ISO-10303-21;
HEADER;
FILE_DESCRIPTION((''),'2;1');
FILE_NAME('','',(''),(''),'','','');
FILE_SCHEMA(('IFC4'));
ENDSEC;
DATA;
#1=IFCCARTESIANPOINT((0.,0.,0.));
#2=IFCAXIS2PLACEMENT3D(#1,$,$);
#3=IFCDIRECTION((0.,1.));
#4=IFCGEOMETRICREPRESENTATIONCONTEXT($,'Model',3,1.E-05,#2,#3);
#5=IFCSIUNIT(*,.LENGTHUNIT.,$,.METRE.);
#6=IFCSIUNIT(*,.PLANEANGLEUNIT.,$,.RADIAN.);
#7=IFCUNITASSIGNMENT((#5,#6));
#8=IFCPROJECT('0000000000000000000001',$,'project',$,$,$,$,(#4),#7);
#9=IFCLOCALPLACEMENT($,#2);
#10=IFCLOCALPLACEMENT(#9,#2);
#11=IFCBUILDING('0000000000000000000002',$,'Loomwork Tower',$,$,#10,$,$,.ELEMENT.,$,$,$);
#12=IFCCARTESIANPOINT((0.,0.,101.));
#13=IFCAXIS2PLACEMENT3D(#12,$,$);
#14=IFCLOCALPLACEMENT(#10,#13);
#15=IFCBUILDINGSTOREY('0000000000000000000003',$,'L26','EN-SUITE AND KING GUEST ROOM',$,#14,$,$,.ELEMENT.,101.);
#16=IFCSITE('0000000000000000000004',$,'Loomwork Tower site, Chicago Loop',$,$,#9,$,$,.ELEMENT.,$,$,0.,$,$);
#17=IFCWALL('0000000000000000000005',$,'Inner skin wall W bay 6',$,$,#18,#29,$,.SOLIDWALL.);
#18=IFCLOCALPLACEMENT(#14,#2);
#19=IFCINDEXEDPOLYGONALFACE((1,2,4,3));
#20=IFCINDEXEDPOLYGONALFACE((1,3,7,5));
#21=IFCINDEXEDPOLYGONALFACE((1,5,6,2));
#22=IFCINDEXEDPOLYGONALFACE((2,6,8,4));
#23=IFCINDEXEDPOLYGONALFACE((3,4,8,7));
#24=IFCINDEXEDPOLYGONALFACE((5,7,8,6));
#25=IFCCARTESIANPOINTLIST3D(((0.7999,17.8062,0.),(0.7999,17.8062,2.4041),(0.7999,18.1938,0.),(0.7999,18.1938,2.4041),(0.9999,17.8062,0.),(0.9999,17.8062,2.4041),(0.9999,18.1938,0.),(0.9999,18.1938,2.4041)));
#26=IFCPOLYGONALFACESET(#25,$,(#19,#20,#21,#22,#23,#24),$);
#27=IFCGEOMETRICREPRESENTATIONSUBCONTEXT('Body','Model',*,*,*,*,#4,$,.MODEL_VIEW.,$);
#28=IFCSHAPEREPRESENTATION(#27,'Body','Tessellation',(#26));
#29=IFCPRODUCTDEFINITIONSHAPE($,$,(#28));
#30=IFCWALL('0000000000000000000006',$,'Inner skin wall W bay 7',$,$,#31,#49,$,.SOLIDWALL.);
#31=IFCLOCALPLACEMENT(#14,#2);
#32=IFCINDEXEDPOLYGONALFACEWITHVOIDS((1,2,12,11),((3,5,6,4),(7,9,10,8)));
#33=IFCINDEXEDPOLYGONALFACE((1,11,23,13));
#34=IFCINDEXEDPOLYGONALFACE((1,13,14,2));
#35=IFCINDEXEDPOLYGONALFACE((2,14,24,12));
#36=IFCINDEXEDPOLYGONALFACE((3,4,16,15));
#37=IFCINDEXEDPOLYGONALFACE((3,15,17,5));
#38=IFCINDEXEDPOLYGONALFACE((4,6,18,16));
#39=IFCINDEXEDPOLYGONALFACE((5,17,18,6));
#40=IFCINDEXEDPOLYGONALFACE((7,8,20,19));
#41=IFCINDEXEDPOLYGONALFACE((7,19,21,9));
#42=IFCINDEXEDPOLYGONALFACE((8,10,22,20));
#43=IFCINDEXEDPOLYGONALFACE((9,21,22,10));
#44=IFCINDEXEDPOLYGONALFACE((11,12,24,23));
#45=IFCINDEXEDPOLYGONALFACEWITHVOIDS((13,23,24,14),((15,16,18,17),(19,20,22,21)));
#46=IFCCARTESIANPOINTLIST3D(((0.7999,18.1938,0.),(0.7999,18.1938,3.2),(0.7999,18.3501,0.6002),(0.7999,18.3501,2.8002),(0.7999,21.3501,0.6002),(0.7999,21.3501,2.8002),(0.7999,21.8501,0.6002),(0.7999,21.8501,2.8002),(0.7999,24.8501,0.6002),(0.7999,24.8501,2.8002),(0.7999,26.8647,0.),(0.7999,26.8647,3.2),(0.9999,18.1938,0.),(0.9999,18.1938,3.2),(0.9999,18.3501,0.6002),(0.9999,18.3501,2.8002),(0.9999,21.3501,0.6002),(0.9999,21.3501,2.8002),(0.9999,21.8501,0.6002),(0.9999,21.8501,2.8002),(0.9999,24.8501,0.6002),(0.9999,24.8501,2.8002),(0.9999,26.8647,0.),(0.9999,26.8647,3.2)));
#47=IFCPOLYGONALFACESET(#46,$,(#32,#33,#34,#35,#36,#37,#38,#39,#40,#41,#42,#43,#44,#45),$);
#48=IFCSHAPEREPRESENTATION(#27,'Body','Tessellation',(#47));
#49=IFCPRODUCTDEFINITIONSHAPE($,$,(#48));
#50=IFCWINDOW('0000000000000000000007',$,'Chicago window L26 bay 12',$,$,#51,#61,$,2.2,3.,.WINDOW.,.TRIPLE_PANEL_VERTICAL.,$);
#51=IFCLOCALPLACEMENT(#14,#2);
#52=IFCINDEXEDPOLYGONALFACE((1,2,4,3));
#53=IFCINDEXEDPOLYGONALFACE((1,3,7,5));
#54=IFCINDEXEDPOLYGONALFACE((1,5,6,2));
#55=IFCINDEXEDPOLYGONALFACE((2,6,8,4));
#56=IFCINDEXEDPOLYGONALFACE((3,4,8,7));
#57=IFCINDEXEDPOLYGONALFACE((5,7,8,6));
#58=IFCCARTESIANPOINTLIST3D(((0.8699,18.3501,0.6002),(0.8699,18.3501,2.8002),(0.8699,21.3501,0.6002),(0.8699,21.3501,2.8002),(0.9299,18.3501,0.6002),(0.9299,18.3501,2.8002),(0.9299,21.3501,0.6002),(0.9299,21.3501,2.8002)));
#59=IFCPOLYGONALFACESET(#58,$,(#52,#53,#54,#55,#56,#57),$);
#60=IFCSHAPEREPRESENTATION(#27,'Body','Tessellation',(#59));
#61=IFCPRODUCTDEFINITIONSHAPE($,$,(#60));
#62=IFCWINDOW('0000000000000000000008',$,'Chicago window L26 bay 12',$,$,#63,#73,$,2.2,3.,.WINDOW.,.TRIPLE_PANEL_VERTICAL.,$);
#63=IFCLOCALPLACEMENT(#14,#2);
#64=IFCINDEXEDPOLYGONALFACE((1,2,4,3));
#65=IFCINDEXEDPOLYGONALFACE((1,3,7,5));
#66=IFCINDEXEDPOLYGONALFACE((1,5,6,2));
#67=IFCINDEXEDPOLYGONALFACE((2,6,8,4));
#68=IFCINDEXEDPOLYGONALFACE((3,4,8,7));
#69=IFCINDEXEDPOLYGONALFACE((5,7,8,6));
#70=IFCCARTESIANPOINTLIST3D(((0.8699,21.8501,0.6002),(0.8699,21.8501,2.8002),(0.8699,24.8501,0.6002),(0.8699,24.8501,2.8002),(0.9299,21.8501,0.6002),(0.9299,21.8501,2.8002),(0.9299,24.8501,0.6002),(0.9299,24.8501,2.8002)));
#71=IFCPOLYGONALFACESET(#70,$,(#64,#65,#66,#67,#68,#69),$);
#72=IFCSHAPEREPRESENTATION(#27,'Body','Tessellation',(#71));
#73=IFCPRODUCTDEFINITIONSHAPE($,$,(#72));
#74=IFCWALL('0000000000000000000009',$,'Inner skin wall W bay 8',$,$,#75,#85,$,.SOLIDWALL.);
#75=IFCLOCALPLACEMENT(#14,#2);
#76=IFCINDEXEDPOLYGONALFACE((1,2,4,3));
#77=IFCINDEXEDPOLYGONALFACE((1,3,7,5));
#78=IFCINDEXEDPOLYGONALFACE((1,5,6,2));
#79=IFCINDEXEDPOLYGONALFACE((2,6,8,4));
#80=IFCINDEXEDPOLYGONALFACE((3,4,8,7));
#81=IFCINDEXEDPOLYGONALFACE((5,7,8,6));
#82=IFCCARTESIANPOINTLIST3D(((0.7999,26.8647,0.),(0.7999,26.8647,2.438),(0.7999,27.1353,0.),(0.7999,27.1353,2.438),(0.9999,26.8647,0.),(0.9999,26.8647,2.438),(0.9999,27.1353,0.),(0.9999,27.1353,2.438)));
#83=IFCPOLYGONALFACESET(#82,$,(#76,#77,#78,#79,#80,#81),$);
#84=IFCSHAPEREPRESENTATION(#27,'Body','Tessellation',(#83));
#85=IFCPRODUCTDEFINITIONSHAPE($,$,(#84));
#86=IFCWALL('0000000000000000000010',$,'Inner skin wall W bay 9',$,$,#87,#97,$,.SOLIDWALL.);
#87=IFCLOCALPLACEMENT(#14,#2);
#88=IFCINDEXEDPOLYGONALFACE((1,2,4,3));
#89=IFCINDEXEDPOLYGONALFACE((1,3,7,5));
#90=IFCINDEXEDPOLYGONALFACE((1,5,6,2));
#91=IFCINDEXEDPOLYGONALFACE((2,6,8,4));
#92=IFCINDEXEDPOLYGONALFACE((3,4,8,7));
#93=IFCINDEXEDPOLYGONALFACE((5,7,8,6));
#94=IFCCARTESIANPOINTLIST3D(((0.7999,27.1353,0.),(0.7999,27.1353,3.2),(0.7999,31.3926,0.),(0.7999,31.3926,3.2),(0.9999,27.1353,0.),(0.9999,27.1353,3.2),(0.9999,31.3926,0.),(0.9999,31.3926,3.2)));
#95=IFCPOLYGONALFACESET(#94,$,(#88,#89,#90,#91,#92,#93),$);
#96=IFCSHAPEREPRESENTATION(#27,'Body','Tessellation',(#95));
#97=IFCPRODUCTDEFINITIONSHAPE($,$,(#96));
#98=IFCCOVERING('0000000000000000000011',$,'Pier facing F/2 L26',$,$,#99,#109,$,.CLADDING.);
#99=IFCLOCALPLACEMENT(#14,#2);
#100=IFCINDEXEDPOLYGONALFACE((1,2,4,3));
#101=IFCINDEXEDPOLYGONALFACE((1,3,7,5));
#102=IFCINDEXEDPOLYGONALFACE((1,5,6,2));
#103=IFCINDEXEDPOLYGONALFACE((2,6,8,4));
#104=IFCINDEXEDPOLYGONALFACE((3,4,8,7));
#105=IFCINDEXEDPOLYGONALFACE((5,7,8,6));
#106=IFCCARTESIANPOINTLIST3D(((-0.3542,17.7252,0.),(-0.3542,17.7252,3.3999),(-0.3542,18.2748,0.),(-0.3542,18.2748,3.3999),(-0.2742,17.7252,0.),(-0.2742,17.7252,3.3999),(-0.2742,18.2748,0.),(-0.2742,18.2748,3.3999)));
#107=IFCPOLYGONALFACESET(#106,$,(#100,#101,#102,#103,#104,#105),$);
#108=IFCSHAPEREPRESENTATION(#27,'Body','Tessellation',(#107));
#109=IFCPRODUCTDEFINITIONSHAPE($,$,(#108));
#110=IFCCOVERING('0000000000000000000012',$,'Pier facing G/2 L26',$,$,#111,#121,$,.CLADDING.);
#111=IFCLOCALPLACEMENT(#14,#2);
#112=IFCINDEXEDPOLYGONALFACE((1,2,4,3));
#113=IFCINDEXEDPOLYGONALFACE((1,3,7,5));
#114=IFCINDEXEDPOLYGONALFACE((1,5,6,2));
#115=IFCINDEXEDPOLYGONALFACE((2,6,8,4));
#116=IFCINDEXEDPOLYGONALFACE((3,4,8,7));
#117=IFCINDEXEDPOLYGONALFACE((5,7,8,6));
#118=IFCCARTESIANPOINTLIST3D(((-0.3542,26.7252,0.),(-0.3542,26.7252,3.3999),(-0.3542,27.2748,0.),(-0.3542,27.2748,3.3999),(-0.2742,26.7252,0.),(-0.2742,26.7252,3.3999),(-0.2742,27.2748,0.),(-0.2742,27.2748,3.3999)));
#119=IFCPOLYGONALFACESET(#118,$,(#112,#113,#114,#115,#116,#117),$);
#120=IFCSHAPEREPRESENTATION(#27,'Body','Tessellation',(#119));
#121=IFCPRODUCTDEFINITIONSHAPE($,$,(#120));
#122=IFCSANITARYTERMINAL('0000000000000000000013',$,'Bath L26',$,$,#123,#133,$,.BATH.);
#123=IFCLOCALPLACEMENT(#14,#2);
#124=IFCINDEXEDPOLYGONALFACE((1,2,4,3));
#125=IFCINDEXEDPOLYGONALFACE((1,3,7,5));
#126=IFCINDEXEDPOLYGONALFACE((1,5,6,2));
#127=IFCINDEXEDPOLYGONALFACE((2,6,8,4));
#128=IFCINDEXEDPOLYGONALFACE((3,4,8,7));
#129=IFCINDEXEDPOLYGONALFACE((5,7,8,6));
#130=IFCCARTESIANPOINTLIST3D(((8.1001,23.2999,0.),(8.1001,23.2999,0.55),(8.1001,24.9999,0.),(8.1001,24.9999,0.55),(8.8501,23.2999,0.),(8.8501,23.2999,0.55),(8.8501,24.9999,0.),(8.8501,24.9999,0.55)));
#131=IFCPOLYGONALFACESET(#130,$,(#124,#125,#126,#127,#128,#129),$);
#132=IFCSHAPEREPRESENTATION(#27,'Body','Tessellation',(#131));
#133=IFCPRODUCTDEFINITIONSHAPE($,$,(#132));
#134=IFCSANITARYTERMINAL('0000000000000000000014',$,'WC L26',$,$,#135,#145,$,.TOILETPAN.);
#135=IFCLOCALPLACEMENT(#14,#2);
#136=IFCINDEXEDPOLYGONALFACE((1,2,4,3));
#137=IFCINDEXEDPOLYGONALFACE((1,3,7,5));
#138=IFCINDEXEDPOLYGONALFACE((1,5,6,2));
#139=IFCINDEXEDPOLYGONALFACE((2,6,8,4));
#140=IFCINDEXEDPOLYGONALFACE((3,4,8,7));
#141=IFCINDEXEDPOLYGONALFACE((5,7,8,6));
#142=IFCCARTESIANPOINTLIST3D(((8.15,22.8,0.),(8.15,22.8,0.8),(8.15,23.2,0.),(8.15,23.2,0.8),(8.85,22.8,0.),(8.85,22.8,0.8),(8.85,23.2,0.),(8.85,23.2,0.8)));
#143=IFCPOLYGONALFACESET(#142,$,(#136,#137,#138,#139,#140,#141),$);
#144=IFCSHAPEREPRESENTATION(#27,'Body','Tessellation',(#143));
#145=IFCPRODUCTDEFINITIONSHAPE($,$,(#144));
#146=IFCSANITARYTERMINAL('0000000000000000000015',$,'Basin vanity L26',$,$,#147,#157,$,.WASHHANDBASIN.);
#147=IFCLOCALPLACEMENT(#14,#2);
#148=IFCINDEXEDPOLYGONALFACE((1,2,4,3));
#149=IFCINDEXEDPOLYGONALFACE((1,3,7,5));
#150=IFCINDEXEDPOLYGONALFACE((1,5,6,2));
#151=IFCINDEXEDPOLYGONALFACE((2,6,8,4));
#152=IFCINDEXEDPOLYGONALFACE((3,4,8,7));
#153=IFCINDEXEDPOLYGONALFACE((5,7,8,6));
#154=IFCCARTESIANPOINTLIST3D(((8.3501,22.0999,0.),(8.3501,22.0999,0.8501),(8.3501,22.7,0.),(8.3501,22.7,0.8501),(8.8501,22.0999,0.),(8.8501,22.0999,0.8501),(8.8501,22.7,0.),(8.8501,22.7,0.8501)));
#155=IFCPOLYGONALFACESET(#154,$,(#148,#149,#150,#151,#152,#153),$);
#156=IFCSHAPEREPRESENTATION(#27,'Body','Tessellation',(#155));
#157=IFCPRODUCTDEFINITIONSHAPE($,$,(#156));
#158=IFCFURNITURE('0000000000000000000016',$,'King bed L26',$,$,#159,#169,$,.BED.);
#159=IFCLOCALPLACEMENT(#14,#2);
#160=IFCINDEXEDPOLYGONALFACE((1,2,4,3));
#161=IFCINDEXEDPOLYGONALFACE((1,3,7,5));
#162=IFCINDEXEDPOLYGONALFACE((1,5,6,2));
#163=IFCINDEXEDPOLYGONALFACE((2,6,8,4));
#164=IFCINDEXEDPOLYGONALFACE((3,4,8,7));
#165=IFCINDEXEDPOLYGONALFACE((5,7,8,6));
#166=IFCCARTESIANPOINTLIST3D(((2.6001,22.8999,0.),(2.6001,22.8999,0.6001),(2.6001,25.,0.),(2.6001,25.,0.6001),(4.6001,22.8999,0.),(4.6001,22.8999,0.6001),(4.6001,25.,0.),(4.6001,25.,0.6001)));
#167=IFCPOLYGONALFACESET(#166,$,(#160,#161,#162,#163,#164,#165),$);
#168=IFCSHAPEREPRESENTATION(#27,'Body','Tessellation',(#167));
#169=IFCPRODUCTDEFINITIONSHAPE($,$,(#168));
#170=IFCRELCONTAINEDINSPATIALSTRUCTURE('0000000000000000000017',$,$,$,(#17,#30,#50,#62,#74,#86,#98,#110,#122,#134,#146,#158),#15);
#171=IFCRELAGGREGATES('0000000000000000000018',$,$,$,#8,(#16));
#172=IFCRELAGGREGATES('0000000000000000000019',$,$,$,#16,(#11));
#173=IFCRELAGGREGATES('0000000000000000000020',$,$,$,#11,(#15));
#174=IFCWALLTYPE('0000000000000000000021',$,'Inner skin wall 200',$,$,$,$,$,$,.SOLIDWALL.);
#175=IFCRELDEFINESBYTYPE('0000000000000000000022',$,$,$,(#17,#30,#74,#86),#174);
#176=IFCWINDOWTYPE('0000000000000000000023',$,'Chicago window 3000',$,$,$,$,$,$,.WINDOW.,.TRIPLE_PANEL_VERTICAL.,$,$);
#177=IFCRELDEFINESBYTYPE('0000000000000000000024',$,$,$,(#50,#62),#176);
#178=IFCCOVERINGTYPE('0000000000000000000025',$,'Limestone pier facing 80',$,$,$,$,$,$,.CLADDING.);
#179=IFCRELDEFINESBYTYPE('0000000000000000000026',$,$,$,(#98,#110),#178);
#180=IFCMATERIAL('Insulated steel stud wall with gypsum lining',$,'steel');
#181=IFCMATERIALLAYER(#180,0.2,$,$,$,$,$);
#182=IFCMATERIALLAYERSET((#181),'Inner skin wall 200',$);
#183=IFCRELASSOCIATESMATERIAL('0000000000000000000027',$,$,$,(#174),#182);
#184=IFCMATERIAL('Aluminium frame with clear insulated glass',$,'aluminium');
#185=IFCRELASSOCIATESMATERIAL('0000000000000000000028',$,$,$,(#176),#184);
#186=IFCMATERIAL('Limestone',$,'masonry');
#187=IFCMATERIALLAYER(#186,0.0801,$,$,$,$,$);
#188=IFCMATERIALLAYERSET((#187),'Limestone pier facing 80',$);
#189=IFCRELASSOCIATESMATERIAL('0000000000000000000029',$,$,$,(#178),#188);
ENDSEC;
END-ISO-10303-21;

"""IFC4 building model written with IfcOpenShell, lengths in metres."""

from ifc_helpers import new_model, si_unit, direction, frame, frame_2d, origin, origin_2d, place, context, subcontext, project, spatial, rectangle, extrude, material, layer, layer_set, type_object, element, fill, save


model = new_model("IFC4")

# Units and contexts
model_context = context("Model", 3, precision=1e-05, world=origin(), true_north=direction((0.0, 1.0)))
body_context = subcontext(model_context, "Body", "Model", "MODEL_VIEW")
ifc_project = project(units=[si_unit("LENGTHUNIT", "METRE"), si_unit("PLANEANGLEUNIT", "RADIAN")], contexts=[model_context])

# Site, building, storey
site_placement = place(None, origin())
site = spatial("IfcSite", under=ifc_project, at=site_placement, Name="Loomwork Tower site, Chicago Loop", CompositionType="ELEMENT", RefElevation=0.0)
building_placement = place(site_placement, origin())
building = spatial("IfcBuilding", under=site, at=building_placement, Name="Loomwork Tower", CompositionType="ELEMENT")
storey_placement = place(building_placement, frame((0.0, 0.0, 101.0)))
storey = spatial("IfcBuildingStorey", under=building, at=storey_placement, Name="L26", Description="EN-SUITE AND KING GUEST ROOM", CompositionType="ELEMENT", Elevation=101.0)

# Wall
ifc_material_1 = material(Name="Insulated steel stud wall with gypsum lining", Category="steel")
ifc_layer_1 = layer(ifc_material_1, 0.2)
ifc_layer_set_1 = layer_set([ifc_layer_1], Name="Inner skin wall 200")
wall_type_1 = type_object("IfcWallType", Name="Inner skin wall 200", PredefinedType="SOLIDWALL", material=ifc_layer_set_1)
wall_1_placement = place(storey_placement, frame((0.8999, 17.8062, 0.0), z_axis=(0.0, 0.0, 1.0), x_axis=(0.0, 1.0, 0.0)))
element("IfcWall", 1, at=wall_1_placement, inside=storey, type_object=wall_type_1, Name="Inner skin wall W bay 6", PredefinedType="SOLIDWALL", context=body_context, shape_type="SweptSolid", body=[
    extrude(rectangle(XDim=0.3877, YDim=0.2, at=frame_2d((0.1938, 0.0))), origin(), (0.0, 0.0, 1.0), 2.4041),
])

# Wall, openings, windows
wall_2_placement = place(storey_placement, frame((0.8999, 18.1938, 0.0), z_axis=(0.0, 0.0, 1.0), x_axis=(0.0, 1.0, 0.0)))
wall_2 = element("IfcWall", 2, at=wall_2_placement, inside=storey, type_object=wall_type_1, Name="Inner skin wall W bay 7", PredefinedType="SOLIDWALL", context=body_context, shape_type="SweptSolid", body=[
    extrude(rectangle(XDim=8.6709, YDim=0.2, at=frame_2d((4.3354, 0.0))), origin(), (0.0, 0.0, 1.0), 3.2),
])
opening_1_placement = place(wall_2_placement, frame((0.1562, 0.0, 0.6001)))
opening_1 = element("IfcOpeningElement", 3, at=opening_1_placement, cuts=wall_2, PredefinedType="OPENING", context=body_context, shape_type="SweptSolid", body=[
    extrude(rectangle(XDim=3.0, YDim=2.2, at=frame_2d((1.5, 1.1001))), frame((0.0, 0.1099, 0.0), z_axis=(0.0, -1.0, 0.0), x_axis=(1.0, 0.0, 0.0)), (0.0, 0.0, 1.0), 0.22),
])
opening_2_placement = place(wall_2_placement, frame((3.6562, 0.0, 0.6001)))
opening_2 = element("IfcOpeningElement", 4, at=opening_2_placement, cuts=wall_2, PredefinedType="OPENING", context=body_context, shape_type="SweptSolid", body=[
    extrude(rectangle(XDim=3.0, YDim=2.2, at=frame_2d((1.5, 1.1001))), frame((0.0, 0.1099, 0.0), z_axis=(0.0, -1.0, 0.0), x_axis=(1.0, 0.0, 0.0)), (0.0, 0.0, 1.0), 0.22),
])
ifc_material_2 = material(Name="Aluminium frame with clear insulated glass", Category="aluminium")
window_type = type_object("IfcWindowType", Name="Chicago window 3000", PartitioningType="TRIPLE_PANEL_VERTICAL", PredefinedType="WINDOW", material=ifc_material_2)
window_1_placement = place(opening_1_placement, origin())
window_1 = element("IfcWindow", 5, at=window_1_placement, inside=storey, type_object=window_type, Name="Chicago window L26 bay 12", OverallHeight=2.2, OverallWidth=3.0, PartitioningType="TRIPLE_PANEL_VERTICAL", PredefinedType="WINDOW", context=body_context, shape_type="SweptSolid", body=[
    extrude(rectangle(XDim=3.0, YDim=2.2, at=frame_2d((1.5, 1.1001))), frame((0.0, 0.03, 0.0), z_axis=(0.0, -1.0, 0.0), x_axis=(1.0, 0.0, 0.0)), (0.0, 0.0, 1.0), 0.0601),
])
fill(opening_1, window_1)
window_2_placement = place(opening_2_placement, origin())
window_2 = element("IfcWindow", 6, at=window_2_placement, inside=storey, type_object=window_type, Name="Chicago window L26 bay 12", OverallHeight=2.2, OverallWidth=3.0, PartitioningType="TRIPLE_PANEL_VERTICAL", PredefinedType="WINDOW", context=body_context, shape_type="SweptSolid", body=[
    extrude(rectangle(XDim=3.0, YDim=2.2, at=frame_2d((1.5, 1.1001))), frame((0.0, 0.03, 0.0), z_axis=(0.0, -1.0, 0.0), x_axis=(1.0, 0.0, 0.0)), (0.0, 0.0, 1.0), 0.0601),
])
fill(opening_2, window_2)

# Walls
wall_3_placement = place(storey_placement, frame((0.8999, 26.8647, 0.0), z_axis=(0.0, 0.0, 1.0), x_axis=(0.0, 1.0, 0.0)))
element("IfcWall", 7, at=wall_3_placement, inside=storey, type_object=wall_type_1, Name="Inner skin wall W bay 8", PredefinedType="SOLIDWALL", context=body_context, shape_type="SweptSolid", body=[
    extrude(rectangle(XDim=0.2705, YDim=0.2, at=frame_2d((0.1353, 0.0))), origin(), (0.0, 0.0, 1.0), 2.438),
])
wall_4_placement = place(storey_placement, frame((0.8999, 27.1353, 0.0), z_axis=(0.0, 0.0, 1.0), x_axis=(0.0, 1.0, 0.0)))
element("IfcWall", 8, at=wall_4_placement, inside=storey, type_object=wall_type_1, Name="Inner skin wall W bay 9", PredefinedType="SOLIDWALL", context=body_context, shape_type="SweptSolid", body=[
    extrude(rectangle(XDim=4.2573, YDim=0.2, at=frame_2d((2.1287, 0.0))), origin(), (0.0, 0.0, 1.0), 3.2),
])

# Coverings
ifc_material_3 = material(Name="Limestone", Category="masonry")
ifc_layer_2 = layer(ifc_material_3, 0.0801)
ifc_layer_set_2 = layer_set([ifc_layer_2], Name="Limestone pier facing 80")
covering_type = type_object("IfcCoveringType", Name="Limestone pier facing 80", PredefinedType="CLADDING", material=ifc_layer_set_2)
for number, where, z_axis, x_axis, name in (
    (9, (-0.3142, 18.0, 0.0), (0.0, 0.0, 1.0), (1.0, 0.0, 0.0), "Pier facing F/2 L26"),
    (10, (-0.3142, 27.0, 0.0), (0.0, 0.0, 1.0), (1.0, 0.0, 0.0), "Pier facing G/2 L26"),
):
    element("IfcCovering", number, at=place(storey_placement, frame(where, z_axis=z_axis, x_axis=x_axis)), inside=storey, type_object=covering_type, Name=name, PredefinedType="CLADDING", context=body_context, shape_type="SweptSolid", body=[
        extrude(rectangle(XDim=0.0801, YDim=0.5496, at=origin_2d()), origin(), (0.0, 0.0, 1.0), 3.3999),
    ])

# Sanitary terminals
sanitary_terminal_1_placement = place(storey_placement, frame((8.4751, 24.1499, 0.0), z_axis=(0.0, 0.0, 1.0), x_axis=(1.0, 0.0, 0.0)))
element("IfcSanitaryTerminal", 11, at=sanitary_terminal_1_placement, inside=storey, Name="Bath L26", PredefinedType="BATH", context=body_context, shape_type="SweptSolid", body=[
    extrude(rectangle(XDim=0.75, YDim=1.7, at=origin_2d()), origin(), (0.0, 0.0, 1.0), 0.55),
])
sanitary_terminal_2_placement = place(storey_placement, frame((8.5, 23.0, 0.0), z_axis=(0.0, 0.0, 1.0), x_axis=(1.0, 0.0, 0.0)))
element("IfcSanitaryTerminal", 12, at=sanitary_terminal_2_placement, inside=storey, Name="WC L26", PredefinedType="TOILETPAN", context=body_context, shape_type="SweptSolid", body=[
    extrude(rectangle(XDim=0.7, YDim=0.3999, at=origin_2d()), origin(), (0.0, 0.0, 1.0), 0.8),
])
sanitary_terminal_3_placement = place(storey_placement, frame((8.6001, 22.3999, 0.0), z_axis=(0.0, 0.0, 1.0), x_axis=(1.0, 0.0, 0.0)))
element("IfcSanitaryTerminal", 13, at=sanitary_terminal_3_placement, inside=storey, Name="Basin vanity L26", PredefinedType="WASHHANDBASIN", context=body_context, shape_type="SweptSolid", body=[
    extrude(rectangle(XDim=0.5, YDim=0.6001, at=origin_2d()), origin(), (0.0, 0.0, 1.0), 0.8501),
])

# Furniture
furniture_placement = place(storey_placement, frame((3.6001, 23.95, 0.0), z_axis=(0.0, 0.0, 1.0), x_axis=(1.0, 0.0, 0.0)))
element("IfcFurniture", 14, at=furniture_placement, inside=storey, Name="King bed L26", PredefinedType="BED", context=body_context, shape_type="SweptSolid", body=[
    extrude(rectangle(XDim=2.0, YDim=2.1001, at=origin_2d()), origin(), (0.0, 0.0, 1.0), 0.6001),
])

save(model, "model.ifc")
